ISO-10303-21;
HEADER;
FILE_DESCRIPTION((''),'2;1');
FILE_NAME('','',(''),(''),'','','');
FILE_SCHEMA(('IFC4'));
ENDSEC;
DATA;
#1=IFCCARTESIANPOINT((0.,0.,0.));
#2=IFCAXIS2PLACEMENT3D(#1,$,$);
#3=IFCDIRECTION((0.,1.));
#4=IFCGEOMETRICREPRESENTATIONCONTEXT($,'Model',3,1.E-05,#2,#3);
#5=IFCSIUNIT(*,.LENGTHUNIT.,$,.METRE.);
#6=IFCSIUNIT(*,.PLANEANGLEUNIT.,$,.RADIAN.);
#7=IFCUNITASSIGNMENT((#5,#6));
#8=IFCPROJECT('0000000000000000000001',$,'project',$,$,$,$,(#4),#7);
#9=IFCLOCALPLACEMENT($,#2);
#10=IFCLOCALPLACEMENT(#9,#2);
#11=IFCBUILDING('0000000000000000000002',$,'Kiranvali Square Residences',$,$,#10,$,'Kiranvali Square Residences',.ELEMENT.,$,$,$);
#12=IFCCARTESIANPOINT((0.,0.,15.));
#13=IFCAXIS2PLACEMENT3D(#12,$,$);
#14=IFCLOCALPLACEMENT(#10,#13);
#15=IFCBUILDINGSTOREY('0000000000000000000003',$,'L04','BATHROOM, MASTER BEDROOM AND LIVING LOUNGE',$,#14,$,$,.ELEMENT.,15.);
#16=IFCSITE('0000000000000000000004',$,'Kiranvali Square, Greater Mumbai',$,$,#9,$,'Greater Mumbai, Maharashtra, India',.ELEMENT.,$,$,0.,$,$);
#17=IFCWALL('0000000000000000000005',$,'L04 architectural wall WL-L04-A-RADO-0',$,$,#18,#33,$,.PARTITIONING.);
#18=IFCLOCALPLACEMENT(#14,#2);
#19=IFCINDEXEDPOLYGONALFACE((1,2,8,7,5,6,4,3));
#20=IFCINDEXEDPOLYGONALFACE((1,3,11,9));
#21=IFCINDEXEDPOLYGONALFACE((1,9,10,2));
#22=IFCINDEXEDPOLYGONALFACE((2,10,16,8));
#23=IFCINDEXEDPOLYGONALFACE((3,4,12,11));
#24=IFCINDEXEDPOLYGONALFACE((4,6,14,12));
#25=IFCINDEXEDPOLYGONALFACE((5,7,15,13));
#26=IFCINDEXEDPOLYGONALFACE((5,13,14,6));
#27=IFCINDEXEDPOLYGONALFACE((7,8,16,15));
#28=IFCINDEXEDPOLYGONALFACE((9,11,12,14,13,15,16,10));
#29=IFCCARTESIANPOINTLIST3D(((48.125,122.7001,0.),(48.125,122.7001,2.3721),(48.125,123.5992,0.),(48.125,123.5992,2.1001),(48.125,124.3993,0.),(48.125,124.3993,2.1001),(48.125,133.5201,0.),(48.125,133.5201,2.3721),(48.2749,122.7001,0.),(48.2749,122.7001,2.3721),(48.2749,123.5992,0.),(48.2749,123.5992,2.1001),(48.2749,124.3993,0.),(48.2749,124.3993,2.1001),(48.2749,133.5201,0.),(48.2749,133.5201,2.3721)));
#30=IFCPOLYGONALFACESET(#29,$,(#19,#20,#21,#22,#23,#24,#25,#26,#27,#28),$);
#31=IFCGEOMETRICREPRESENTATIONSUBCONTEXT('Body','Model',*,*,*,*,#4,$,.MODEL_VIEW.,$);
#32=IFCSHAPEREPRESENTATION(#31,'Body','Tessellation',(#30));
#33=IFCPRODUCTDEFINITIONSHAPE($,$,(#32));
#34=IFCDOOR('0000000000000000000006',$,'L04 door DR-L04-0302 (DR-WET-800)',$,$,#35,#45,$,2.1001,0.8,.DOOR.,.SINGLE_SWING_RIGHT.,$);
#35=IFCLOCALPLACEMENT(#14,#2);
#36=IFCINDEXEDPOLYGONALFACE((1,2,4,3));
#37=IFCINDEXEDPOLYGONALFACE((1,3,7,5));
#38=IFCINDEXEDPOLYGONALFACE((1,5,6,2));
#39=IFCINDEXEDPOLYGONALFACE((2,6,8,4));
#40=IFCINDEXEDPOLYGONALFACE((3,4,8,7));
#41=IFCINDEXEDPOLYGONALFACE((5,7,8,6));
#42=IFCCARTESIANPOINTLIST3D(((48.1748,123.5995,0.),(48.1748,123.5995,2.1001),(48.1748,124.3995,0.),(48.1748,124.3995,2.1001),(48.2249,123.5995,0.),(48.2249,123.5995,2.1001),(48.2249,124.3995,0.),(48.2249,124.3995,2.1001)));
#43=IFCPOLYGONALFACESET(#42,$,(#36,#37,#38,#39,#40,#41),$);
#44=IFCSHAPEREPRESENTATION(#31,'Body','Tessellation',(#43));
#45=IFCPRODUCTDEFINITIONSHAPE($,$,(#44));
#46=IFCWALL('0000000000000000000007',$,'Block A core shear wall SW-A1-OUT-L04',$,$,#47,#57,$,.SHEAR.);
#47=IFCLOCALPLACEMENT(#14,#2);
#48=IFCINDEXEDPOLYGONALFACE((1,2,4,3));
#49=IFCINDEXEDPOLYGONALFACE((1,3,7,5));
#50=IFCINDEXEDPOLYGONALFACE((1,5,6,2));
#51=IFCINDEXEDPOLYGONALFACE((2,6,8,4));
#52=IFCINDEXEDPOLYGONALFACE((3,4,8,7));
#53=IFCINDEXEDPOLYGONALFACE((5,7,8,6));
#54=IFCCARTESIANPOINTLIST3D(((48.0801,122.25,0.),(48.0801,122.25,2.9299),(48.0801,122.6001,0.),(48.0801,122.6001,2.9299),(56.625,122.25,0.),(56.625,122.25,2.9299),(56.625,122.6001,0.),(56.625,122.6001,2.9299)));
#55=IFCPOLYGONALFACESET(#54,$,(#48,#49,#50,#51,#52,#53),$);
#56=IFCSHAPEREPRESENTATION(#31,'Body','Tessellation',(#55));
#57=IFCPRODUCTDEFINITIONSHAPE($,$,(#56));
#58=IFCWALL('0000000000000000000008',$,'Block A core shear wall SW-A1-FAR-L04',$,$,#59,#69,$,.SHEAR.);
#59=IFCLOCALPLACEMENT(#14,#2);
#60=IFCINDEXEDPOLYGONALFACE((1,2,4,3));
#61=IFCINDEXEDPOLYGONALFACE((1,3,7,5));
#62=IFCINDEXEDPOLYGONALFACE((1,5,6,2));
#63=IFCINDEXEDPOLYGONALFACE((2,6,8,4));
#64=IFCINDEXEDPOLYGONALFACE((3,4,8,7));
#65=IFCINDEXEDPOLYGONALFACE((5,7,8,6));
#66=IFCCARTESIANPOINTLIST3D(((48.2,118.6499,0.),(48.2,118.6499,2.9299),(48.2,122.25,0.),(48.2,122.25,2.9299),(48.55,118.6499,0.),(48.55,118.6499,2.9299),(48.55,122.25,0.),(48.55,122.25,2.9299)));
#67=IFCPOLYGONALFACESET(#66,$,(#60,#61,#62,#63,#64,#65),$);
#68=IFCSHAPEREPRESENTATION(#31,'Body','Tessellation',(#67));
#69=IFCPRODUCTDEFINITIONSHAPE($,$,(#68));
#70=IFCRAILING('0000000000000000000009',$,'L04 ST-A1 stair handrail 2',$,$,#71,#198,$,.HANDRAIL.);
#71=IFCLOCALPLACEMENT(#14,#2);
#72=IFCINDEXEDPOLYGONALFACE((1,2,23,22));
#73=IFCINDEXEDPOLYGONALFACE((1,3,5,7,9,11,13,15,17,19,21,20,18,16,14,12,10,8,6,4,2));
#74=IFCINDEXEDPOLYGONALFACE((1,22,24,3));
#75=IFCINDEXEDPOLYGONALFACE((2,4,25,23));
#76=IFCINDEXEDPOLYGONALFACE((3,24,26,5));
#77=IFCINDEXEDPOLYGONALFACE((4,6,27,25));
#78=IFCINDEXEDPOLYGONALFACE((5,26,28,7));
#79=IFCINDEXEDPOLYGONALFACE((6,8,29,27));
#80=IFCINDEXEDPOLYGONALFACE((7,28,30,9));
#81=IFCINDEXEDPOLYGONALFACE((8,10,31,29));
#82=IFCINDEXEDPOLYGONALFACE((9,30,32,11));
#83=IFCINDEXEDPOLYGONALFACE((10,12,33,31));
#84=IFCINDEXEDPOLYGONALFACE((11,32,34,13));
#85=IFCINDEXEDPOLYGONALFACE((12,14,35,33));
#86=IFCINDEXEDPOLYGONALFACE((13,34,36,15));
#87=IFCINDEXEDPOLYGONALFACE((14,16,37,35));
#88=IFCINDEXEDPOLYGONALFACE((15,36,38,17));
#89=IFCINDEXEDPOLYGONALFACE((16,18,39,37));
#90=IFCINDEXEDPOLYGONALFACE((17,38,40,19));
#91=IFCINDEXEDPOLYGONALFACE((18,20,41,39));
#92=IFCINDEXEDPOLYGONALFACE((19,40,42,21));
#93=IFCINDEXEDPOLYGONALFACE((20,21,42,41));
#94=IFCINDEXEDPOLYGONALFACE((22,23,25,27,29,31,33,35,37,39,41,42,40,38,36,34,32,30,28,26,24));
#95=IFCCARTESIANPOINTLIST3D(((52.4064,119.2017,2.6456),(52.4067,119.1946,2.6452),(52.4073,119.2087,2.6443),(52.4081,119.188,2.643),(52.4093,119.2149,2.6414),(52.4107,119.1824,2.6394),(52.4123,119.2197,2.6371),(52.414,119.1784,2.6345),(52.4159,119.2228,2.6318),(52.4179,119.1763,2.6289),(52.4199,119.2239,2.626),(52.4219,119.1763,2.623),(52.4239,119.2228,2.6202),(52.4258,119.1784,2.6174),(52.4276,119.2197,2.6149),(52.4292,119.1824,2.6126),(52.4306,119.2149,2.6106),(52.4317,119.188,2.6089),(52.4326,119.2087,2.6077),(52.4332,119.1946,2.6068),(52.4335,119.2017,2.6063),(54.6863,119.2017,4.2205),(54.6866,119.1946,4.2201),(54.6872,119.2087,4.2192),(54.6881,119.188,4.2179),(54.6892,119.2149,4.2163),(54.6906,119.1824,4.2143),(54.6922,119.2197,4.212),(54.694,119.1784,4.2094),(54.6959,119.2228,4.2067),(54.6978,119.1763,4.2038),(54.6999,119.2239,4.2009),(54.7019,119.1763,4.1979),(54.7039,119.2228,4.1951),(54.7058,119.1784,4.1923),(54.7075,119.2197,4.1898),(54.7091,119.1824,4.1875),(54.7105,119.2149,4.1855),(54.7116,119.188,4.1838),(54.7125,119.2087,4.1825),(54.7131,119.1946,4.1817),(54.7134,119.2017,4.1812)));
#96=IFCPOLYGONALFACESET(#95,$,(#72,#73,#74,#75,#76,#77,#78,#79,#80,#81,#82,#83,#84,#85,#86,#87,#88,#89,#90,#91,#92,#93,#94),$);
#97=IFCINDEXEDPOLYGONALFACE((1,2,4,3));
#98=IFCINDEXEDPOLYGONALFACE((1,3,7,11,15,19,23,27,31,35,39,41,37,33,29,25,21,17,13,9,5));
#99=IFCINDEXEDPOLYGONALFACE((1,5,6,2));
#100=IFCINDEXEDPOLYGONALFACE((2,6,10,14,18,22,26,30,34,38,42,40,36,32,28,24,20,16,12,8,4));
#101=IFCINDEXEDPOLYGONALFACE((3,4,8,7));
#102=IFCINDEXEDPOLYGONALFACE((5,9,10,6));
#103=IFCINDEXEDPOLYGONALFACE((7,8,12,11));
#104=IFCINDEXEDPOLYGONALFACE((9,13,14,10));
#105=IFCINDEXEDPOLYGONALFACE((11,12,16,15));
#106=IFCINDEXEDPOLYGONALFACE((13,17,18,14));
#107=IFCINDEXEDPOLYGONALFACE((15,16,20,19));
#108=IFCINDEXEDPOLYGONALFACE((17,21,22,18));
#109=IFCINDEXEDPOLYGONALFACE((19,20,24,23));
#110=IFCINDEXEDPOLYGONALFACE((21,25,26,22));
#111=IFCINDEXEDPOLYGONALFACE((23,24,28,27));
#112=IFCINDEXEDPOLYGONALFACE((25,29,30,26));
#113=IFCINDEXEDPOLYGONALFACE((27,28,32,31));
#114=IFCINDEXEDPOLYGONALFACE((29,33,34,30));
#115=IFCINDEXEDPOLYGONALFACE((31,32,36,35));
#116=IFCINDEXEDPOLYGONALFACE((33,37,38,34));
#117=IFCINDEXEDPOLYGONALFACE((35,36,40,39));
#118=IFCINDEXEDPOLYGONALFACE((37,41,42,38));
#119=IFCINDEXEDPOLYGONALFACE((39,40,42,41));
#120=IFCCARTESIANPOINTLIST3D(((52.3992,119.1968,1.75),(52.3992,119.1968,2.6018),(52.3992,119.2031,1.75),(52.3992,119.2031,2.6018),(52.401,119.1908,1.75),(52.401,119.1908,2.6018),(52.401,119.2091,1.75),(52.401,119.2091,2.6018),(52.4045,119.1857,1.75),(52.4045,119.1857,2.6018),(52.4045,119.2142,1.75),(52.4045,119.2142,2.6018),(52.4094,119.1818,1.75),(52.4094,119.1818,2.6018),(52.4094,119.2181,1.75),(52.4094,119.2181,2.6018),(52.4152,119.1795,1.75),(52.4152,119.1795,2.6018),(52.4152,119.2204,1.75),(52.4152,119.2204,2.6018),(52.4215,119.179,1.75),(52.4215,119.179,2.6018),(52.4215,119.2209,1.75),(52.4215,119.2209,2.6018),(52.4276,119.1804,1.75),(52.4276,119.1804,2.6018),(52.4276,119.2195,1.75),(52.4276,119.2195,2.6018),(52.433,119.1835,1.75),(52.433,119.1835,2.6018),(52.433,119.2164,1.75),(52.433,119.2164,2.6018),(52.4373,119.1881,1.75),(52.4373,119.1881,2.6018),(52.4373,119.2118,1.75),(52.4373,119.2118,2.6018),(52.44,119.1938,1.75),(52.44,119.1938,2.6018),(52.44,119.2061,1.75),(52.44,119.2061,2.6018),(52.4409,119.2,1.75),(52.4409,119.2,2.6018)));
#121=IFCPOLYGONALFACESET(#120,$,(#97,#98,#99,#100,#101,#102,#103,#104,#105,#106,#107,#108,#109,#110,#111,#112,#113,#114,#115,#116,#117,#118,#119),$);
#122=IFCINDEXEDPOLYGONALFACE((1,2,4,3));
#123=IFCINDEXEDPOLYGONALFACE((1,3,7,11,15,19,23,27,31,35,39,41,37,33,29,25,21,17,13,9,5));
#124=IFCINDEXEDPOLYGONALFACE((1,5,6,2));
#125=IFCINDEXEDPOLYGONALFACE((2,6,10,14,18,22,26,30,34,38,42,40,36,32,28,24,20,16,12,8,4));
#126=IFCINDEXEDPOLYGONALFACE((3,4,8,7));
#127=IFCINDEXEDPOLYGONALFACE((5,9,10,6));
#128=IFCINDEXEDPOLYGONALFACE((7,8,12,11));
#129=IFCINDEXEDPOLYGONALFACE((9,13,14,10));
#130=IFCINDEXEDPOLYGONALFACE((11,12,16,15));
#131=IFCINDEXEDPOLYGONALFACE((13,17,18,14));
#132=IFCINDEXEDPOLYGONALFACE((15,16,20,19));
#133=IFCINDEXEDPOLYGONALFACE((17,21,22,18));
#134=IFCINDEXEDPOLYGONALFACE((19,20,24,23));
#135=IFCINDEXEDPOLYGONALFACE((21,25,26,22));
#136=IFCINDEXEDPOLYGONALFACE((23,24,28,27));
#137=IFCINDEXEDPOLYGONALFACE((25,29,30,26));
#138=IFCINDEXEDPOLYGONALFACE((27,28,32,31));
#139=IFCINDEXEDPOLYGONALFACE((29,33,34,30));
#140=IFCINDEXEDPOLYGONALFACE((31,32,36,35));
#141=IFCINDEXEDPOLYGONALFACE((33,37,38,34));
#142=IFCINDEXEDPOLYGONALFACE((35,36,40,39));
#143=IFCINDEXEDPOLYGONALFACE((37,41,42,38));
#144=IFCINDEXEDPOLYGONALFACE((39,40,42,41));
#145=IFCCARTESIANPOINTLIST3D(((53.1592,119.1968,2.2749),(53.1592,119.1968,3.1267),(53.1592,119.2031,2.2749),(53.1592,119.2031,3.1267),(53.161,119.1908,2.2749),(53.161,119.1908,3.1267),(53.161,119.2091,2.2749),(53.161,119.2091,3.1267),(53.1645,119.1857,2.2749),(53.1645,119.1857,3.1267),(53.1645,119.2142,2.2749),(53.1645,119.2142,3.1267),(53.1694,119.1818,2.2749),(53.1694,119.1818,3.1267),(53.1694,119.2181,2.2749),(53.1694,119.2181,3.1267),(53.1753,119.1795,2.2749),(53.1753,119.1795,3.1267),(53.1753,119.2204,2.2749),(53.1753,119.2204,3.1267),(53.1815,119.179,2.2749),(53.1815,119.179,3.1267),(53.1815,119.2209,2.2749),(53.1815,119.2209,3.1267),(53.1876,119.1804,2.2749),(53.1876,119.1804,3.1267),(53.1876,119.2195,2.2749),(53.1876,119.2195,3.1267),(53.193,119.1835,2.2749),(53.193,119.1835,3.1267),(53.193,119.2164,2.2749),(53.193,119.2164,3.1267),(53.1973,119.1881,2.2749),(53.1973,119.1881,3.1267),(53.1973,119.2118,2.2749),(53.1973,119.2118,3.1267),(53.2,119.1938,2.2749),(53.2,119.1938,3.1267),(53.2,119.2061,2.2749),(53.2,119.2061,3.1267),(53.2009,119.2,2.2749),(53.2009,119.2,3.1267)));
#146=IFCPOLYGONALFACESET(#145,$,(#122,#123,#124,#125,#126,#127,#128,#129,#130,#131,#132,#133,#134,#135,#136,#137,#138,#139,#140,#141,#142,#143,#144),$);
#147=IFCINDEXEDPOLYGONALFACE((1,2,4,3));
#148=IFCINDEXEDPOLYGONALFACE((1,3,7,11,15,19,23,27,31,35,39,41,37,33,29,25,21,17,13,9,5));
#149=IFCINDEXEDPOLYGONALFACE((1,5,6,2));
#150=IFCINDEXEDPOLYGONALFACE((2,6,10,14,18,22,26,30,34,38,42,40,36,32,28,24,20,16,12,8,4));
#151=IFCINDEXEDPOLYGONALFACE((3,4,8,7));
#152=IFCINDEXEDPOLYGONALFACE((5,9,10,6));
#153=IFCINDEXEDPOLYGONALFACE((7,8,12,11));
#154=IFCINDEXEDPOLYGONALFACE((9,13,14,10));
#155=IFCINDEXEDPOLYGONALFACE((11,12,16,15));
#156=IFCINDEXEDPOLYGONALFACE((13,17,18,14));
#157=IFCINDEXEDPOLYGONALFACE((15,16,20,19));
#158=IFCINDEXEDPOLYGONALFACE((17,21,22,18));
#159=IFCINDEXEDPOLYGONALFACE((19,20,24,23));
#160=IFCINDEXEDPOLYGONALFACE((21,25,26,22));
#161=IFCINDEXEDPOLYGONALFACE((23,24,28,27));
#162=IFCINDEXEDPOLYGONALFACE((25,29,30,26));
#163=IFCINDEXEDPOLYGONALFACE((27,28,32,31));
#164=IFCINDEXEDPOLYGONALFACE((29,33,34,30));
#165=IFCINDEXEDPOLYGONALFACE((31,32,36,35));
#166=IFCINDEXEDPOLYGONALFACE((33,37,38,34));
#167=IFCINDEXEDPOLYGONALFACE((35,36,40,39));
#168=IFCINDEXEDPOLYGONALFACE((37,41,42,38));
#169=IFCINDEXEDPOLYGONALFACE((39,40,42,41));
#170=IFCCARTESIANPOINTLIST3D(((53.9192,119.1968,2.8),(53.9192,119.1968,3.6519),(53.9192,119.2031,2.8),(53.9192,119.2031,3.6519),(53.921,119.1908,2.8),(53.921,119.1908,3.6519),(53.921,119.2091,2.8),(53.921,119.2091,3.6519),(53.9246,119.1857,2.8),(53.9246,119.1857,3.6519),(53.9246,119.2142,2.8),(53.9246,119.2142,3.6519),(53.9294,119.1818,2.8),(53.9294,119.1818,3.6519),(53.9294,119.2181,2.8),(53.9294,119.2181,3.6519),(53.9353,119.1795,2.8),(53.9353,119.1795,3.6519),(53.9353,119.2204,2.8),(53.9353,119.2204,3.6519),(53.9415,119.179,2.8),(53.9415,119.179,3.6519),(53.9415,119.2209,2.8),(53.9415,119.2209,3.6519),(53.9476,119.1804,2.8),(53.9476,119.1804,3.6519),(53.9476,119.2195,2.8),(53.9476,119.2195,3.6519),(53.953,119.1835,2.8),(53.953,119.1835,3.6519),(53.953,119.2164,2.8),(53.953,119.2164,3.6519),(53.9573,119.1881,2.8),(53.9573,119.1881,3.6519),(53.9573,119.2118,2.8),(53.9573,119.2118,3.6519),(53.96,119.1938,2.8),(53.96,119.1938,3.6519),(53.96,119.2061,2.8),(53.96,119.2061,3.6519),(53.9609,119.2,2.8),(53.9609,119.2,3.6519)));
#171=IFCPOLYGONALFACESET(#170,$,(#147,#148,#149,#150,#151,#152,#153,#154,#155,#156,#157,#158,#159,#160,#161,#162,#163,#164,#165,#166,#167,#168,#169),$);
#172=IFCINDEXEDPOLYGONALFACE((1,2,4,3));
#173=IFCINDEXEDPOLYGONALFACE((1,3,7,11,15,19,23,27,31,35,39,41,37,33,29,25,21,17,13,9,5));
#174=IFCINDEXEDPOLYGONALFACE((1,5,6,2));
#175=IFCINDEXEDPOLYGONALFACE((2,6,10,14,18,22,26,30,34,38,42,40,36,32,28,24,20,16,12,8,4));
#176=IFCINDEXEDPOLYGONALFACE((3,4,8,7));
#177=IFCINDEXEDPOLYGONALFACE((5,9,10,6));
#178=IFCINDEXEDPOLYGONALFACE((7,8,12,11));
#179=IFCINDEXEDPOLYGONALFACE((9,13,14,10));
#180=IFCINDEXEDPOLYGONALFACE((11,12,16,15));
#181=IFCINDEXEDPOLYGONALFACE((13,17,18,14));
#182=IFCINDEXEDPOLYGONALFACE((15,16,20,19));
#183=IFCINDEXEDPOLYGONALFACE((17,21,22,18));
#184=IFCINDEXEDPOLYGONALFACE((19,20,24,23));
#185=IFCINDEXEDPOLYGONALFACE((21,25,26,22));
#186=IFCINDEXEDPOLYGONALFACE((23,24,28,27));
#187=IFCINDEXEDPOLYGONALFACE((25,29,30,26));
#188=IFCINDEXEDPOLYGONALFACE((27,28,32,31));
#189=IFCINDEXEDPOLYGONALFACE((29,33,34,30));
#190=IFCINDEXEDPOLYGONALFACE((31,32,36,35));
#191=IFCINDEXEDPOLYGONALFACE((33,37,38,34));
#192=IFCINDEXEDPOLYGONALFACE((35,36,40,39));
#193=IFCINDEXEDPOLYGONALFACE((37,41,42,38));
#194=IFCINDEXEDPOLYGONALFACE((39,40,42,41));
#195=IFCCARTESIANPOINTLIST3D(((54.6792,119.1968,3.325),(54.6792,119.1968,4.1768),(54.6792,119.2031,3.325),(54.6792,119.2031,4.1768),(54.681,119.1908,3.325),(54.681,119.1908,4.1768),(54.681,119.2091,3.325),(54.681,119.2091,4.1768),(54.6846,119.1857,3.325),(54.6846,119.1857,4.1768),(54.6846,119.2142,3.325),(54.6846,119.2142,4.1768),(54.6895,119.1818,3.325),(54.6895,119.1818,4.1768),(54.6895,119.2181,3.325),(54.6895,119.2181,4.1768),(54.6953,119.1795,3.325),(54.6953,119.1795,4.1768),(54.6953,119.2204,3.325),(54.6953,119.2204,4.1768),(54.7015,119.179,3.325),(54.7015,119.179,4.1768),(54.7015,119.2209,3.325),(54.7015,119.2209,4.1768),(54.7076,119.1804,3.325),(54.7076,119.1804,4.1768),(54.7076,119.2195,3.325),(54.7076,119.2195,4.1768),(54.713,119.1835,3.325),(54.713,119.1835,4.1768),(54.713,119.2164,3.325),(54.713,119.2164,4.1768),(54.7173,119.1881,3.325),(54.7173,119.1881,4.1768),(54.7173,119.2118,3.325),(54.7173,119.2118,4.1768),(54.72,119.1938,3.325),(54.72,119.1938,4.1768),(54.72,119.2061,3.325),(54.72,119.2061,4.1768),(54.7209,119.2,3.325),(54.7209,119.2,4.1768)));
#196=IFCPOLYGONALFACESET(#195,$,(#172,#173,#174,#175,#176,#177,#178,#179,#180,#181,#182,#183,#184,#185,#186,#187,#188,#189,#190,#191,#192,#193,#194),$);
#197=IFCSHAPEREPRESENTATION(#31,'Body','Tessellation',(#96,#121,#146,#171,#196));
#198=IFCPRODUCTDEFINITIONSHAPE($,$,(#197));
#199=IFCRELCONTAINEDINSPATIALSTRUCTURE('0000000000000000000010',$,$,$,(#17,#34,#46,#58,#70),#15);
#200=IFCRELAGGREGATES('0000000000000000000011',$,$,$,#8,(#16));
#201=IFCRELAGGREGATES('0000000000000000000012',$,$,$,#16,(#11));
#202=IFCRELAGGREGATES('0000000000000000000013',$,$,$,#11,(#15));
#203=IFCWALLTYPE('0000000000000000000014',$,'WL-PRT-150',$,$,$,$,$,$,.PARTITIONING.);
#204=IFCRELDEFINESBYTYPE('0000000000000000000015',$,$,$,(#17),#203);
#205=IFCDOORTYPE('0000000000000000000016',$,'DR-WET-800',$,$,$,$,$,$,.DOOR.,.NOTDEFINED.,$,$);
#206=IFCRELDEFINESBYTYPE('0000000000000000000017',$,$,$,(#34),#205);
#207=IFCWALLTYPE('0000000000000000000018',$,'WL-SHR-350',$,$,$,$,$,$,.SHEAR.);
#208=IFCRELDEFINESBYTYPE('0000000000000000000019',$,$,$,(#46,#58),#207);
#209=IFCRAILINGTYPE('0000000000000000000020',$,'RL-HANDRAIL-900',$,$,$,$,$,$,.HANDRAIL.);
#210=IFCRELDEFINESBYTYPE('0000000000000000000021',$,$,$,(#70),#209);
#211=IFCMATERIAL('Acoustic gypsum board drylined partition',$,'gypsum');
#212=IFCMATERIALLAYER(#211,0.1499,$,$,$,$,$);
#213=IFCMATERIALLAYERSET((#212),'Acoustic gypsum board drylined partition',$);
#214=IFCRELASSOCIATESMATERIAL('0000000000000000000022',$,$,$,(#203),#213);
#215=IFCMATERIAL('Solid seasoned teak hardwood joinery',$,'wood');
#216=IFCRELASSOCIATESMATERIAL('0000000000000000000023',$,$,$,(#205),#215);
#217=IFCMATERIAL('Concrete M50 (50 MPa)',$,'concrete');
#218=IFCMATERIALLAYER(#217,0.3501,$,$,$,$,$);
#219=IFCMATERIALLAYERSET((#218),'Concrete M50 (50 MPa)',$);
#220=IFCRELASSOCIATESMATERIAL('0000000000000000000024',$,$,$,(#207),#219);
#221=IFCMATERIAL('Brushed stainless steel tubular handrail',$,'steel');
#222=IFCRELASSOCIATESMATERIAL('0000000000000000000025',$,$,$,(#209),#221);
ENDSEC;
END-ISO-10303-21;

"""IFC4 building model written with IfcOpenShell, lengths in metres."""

from ifc_helpers import new_model, si_unit, direction, frame, frame_2d, origin, origin_2d, place, context, subcontext, project, spatial, rectangle, circle, extrude, material, layer, layer_set, type_object, element, fill, save


model = new_model("IFC4")

# Units and contexts
model_context = context("Model", 3, precision=1e-05, world=origin(), true_north=direction((0.0, 1.0)))
body_context = subcontext(model_context, "Body", "Model", "MODEL_VIEW")
ifc_project = project(units=[si_unit("LENGTHUNIT", "METRE"), si_unit("PLANEANGLEUNIT", "RADIAN")], contexts=[model_context])

# Site, building, storey
site_placement = place(None, origin())
site = spatial("IfcSite", under=ifc_project, at=site_placement, Name="Kiranvali Square, Greater Mumbai", LongName="Greater Mumbai, Maharashtra, India", CompositionType="ELEMENT", RefElevation=0.0)
building_placement = place(site_placement, origin())
building = spatial("IfcBuilding", under=site, at=building_placement, Name="Kiranvali Square Residences", LongName="Kiranvali Square Residences", CompositionType="ELEMENT")
storey_placement = place(building_placement, frame((0.0, 0.0, 15.0)))
storey = spatial("IfcBuildingStorey", under=building, at=storey_placement, Name="L04", Description="BATHROOM, MASTER BEDROOM AND LIVING LOUNGE", CompositionType="ELEMENT", Elevation=15.0)

# Shared definitions
ifc_material_1 = material(Name="Concrete M50 (50 MPa)", Category="concrete")

# Wall, opening, door
ifc_material_2 = material(Name="Acoustic gypsum board drylined partition", Category="gypsum")
ifc_layer_1 = layer(ifc_material_2, 0.1499)
ifc_layer_set_1 = layer_set([ifc_layer_1], Name="Acoustic gypsum board drylined partition")
wall_type_1 = type_object("IfcWallType", Name="WL-PRT-150", PredefinedType="PARTITIONING", material=ifc_layer_set_1)
wall_1_placement = place(storey_placement, frame((48.2, 122.7, 0.0), z_axis=(0.0, 0.0, 1.0), x_axis=(0.0, 1.0, 0.0)))
wall_1 = element("IfcWall", 1, at=wall_1_placement, inside=storey, type_object=wall_type_1, Name="L04 architectural wall WL-L04-A-RADO-0", PredefinedType="PARTITIONING", context=body_context, shape_type="SweptSolid", body=[
    extrude(rectangle(XDim=10.8201, YDim=0.1499, at=frame_2d((5.4102, 0.0))), origin(), (0.0, 0.0, 1.0), 2.3721),
])
opening_1_placement = place(wall_1_placement, frame((0.8994, 0.0, 0.0)))
opening_1 = element("IfcOpeningElement", 2, at=opening_1_placement, cuts=wall_1, PredefinedType="OPENING", context=body_context, shape_type="SweptSolid", body=[
    extrude(rectangle(XDim=0.8, YDim=2.1001, at=frame_2d((0.3999, 1.05))), frame((0.0, 0.085, 0.0), z_axis=(0.0, -1.0, 0.0), x_axis=(1.0, 0.0, 0.0)), (0.0, 0.0, 1.0), 0.1699),
])
ifc_material_3 = material(Name="Solid seasoned teak hardwood joinery", Category="wood")
door_type_1 = type_object("IfcDoorType", Name="DR-WET-800", OperationType="NOTDEFINED", PredefinedType="DOOR", material=ifc_material_3)
door_1_placement = place(opening_1_placement, frame((0.8, 0.0, 0.0), z_axis=(0.0, 0.0, 1.0), x_axis=(-1.0, 0.0, 0.0)))
door_1 = element("IfcDoor", 3, at=door_1_placement, inside=storey, type_object=door_type_1, Name="L04 door DR-L04-0302 (DR-WET-800)", OperationType="SINGLE_SWING_RIGHT", OverallHeight=2.1001, OverallWidth=0.8, PredefinedType="DOOR", context=body_context, shape_type="SweptSolid", body=[
    extrude(rectangle(XDim=0.8, YDim=2.1001, at=frame_2d((0.3999, 1.05))), frame((0.0, 0.0249, 0.0), z_axis=(0.0, -1.0, 0.0), x_axis=(1.0, 0.0, 0.0)), (0.0, 0.0, 1.0), 0.05),
])
fill(opening_1, door_1)

# Wall
ifc_layer_2 = layer(ifc_material_1, 0.3501)
ifc_layer_set_2 = layer_set([ifc_layer_2], Name="Concrete M50 (50 MPa)")
wall_type_2 = type_object("IfcWallType", Name="WL-SHR-350", PredefinedType="SHEAR", material=ifc_layer_set_2)
wall_2_placement = place(storey_placement, frame((48.0801, 122.425, 0.0), z_axis=(0.0, 0.0, 1.0), x_axis=(1.0, 0.0, 0.0)))
element("IfcWall", 4, at=wall_2_placement, inside=storey, type_object=wall_type_2, Name="Block A core shear wall SW-A1-OUT-L04", PredefinedType="SHEAR", context=body_context, shape_type="SweptSolid", body=[
    extrude(rectangle(XDim=8.5449, YDim=0.3501, at=frame_2d((4.2725, 0.0))), origin(), (0.0, 0.0, 1.0), 2.9299),
])

# Wall
wall_3_placement = place(storey_placement, frame((48.375, 118.6499, 0.0), z_axis=(0.0, 0.0, 1.0), x_axis=(0.0, 1.0, 0.0)))
element("IfcWall", 5, at=wall_3_placement, inside=storey, type_object=wall_type_2, Name="Block A core shear wall SW-A1-FAR-L04", PredefinedType="SHEAR", context=body_context, shape_type="SweptSolid", body=[
    extrude(rectangle(XDim=3.6001, YDim=0.3501, at=frame_2d((1.8, 0.0))), origin(), (0.0, 0.0, 1.0), 2.9299),
])

# Railing
ifc_material_4 = material(Name="Brushed stainless steel tubular handrail", Category="steel")
railing_type_1 = type_object("IfcRailingType", Name="RL-HANDRAIL-900", PredefinedType="HANDRAIL", material=ifc_material_4)
railing_1_placement = place(storey_placement, frame((52.4199, 119.2, 1.75)))
element("IfcRailing", 6, at=railing_1_placement, inside=storey, type_object=railing_type_1, Name="L04 ST-A1 stair handrail 2", PredefinedType="HANDRAIL", context=body_context, shape_type="SweptSolid", body=[
    extrude(circle(Radius=0.0239, at=origin_2d()), frame((0.0, 0.0, 0.876), z_axis=(0.822788, 0.0, 0.568348), x_axis=(0.0, 1.0, 0.0)), (0.0, 0.0, 1.0), 2.771),
    extrude(circle(Radius=0.021, at=origin_2d()), origin(), (0.0, 0.0, 1.0), 0.8518),
    extrude(circle(Radius=0.021, at=origin_2d()), frame((0.76, 0.0, 0.5249)), (0.0, 0.0, 1.0), 0.8518),
    extrude(circle(Radius=0.021, at=origin_2d()), frame((1.52, 0.0, 1.05)), (0.0, 0.0, 1.0), 0.8518),
    extrude(circle(Radius=0.021, at=origin_2d()), frame((2.28, 0.0, 1.575)), (0.0, 0.0, 1.0), 0.8518),
])

save(model, "model.ifc")
